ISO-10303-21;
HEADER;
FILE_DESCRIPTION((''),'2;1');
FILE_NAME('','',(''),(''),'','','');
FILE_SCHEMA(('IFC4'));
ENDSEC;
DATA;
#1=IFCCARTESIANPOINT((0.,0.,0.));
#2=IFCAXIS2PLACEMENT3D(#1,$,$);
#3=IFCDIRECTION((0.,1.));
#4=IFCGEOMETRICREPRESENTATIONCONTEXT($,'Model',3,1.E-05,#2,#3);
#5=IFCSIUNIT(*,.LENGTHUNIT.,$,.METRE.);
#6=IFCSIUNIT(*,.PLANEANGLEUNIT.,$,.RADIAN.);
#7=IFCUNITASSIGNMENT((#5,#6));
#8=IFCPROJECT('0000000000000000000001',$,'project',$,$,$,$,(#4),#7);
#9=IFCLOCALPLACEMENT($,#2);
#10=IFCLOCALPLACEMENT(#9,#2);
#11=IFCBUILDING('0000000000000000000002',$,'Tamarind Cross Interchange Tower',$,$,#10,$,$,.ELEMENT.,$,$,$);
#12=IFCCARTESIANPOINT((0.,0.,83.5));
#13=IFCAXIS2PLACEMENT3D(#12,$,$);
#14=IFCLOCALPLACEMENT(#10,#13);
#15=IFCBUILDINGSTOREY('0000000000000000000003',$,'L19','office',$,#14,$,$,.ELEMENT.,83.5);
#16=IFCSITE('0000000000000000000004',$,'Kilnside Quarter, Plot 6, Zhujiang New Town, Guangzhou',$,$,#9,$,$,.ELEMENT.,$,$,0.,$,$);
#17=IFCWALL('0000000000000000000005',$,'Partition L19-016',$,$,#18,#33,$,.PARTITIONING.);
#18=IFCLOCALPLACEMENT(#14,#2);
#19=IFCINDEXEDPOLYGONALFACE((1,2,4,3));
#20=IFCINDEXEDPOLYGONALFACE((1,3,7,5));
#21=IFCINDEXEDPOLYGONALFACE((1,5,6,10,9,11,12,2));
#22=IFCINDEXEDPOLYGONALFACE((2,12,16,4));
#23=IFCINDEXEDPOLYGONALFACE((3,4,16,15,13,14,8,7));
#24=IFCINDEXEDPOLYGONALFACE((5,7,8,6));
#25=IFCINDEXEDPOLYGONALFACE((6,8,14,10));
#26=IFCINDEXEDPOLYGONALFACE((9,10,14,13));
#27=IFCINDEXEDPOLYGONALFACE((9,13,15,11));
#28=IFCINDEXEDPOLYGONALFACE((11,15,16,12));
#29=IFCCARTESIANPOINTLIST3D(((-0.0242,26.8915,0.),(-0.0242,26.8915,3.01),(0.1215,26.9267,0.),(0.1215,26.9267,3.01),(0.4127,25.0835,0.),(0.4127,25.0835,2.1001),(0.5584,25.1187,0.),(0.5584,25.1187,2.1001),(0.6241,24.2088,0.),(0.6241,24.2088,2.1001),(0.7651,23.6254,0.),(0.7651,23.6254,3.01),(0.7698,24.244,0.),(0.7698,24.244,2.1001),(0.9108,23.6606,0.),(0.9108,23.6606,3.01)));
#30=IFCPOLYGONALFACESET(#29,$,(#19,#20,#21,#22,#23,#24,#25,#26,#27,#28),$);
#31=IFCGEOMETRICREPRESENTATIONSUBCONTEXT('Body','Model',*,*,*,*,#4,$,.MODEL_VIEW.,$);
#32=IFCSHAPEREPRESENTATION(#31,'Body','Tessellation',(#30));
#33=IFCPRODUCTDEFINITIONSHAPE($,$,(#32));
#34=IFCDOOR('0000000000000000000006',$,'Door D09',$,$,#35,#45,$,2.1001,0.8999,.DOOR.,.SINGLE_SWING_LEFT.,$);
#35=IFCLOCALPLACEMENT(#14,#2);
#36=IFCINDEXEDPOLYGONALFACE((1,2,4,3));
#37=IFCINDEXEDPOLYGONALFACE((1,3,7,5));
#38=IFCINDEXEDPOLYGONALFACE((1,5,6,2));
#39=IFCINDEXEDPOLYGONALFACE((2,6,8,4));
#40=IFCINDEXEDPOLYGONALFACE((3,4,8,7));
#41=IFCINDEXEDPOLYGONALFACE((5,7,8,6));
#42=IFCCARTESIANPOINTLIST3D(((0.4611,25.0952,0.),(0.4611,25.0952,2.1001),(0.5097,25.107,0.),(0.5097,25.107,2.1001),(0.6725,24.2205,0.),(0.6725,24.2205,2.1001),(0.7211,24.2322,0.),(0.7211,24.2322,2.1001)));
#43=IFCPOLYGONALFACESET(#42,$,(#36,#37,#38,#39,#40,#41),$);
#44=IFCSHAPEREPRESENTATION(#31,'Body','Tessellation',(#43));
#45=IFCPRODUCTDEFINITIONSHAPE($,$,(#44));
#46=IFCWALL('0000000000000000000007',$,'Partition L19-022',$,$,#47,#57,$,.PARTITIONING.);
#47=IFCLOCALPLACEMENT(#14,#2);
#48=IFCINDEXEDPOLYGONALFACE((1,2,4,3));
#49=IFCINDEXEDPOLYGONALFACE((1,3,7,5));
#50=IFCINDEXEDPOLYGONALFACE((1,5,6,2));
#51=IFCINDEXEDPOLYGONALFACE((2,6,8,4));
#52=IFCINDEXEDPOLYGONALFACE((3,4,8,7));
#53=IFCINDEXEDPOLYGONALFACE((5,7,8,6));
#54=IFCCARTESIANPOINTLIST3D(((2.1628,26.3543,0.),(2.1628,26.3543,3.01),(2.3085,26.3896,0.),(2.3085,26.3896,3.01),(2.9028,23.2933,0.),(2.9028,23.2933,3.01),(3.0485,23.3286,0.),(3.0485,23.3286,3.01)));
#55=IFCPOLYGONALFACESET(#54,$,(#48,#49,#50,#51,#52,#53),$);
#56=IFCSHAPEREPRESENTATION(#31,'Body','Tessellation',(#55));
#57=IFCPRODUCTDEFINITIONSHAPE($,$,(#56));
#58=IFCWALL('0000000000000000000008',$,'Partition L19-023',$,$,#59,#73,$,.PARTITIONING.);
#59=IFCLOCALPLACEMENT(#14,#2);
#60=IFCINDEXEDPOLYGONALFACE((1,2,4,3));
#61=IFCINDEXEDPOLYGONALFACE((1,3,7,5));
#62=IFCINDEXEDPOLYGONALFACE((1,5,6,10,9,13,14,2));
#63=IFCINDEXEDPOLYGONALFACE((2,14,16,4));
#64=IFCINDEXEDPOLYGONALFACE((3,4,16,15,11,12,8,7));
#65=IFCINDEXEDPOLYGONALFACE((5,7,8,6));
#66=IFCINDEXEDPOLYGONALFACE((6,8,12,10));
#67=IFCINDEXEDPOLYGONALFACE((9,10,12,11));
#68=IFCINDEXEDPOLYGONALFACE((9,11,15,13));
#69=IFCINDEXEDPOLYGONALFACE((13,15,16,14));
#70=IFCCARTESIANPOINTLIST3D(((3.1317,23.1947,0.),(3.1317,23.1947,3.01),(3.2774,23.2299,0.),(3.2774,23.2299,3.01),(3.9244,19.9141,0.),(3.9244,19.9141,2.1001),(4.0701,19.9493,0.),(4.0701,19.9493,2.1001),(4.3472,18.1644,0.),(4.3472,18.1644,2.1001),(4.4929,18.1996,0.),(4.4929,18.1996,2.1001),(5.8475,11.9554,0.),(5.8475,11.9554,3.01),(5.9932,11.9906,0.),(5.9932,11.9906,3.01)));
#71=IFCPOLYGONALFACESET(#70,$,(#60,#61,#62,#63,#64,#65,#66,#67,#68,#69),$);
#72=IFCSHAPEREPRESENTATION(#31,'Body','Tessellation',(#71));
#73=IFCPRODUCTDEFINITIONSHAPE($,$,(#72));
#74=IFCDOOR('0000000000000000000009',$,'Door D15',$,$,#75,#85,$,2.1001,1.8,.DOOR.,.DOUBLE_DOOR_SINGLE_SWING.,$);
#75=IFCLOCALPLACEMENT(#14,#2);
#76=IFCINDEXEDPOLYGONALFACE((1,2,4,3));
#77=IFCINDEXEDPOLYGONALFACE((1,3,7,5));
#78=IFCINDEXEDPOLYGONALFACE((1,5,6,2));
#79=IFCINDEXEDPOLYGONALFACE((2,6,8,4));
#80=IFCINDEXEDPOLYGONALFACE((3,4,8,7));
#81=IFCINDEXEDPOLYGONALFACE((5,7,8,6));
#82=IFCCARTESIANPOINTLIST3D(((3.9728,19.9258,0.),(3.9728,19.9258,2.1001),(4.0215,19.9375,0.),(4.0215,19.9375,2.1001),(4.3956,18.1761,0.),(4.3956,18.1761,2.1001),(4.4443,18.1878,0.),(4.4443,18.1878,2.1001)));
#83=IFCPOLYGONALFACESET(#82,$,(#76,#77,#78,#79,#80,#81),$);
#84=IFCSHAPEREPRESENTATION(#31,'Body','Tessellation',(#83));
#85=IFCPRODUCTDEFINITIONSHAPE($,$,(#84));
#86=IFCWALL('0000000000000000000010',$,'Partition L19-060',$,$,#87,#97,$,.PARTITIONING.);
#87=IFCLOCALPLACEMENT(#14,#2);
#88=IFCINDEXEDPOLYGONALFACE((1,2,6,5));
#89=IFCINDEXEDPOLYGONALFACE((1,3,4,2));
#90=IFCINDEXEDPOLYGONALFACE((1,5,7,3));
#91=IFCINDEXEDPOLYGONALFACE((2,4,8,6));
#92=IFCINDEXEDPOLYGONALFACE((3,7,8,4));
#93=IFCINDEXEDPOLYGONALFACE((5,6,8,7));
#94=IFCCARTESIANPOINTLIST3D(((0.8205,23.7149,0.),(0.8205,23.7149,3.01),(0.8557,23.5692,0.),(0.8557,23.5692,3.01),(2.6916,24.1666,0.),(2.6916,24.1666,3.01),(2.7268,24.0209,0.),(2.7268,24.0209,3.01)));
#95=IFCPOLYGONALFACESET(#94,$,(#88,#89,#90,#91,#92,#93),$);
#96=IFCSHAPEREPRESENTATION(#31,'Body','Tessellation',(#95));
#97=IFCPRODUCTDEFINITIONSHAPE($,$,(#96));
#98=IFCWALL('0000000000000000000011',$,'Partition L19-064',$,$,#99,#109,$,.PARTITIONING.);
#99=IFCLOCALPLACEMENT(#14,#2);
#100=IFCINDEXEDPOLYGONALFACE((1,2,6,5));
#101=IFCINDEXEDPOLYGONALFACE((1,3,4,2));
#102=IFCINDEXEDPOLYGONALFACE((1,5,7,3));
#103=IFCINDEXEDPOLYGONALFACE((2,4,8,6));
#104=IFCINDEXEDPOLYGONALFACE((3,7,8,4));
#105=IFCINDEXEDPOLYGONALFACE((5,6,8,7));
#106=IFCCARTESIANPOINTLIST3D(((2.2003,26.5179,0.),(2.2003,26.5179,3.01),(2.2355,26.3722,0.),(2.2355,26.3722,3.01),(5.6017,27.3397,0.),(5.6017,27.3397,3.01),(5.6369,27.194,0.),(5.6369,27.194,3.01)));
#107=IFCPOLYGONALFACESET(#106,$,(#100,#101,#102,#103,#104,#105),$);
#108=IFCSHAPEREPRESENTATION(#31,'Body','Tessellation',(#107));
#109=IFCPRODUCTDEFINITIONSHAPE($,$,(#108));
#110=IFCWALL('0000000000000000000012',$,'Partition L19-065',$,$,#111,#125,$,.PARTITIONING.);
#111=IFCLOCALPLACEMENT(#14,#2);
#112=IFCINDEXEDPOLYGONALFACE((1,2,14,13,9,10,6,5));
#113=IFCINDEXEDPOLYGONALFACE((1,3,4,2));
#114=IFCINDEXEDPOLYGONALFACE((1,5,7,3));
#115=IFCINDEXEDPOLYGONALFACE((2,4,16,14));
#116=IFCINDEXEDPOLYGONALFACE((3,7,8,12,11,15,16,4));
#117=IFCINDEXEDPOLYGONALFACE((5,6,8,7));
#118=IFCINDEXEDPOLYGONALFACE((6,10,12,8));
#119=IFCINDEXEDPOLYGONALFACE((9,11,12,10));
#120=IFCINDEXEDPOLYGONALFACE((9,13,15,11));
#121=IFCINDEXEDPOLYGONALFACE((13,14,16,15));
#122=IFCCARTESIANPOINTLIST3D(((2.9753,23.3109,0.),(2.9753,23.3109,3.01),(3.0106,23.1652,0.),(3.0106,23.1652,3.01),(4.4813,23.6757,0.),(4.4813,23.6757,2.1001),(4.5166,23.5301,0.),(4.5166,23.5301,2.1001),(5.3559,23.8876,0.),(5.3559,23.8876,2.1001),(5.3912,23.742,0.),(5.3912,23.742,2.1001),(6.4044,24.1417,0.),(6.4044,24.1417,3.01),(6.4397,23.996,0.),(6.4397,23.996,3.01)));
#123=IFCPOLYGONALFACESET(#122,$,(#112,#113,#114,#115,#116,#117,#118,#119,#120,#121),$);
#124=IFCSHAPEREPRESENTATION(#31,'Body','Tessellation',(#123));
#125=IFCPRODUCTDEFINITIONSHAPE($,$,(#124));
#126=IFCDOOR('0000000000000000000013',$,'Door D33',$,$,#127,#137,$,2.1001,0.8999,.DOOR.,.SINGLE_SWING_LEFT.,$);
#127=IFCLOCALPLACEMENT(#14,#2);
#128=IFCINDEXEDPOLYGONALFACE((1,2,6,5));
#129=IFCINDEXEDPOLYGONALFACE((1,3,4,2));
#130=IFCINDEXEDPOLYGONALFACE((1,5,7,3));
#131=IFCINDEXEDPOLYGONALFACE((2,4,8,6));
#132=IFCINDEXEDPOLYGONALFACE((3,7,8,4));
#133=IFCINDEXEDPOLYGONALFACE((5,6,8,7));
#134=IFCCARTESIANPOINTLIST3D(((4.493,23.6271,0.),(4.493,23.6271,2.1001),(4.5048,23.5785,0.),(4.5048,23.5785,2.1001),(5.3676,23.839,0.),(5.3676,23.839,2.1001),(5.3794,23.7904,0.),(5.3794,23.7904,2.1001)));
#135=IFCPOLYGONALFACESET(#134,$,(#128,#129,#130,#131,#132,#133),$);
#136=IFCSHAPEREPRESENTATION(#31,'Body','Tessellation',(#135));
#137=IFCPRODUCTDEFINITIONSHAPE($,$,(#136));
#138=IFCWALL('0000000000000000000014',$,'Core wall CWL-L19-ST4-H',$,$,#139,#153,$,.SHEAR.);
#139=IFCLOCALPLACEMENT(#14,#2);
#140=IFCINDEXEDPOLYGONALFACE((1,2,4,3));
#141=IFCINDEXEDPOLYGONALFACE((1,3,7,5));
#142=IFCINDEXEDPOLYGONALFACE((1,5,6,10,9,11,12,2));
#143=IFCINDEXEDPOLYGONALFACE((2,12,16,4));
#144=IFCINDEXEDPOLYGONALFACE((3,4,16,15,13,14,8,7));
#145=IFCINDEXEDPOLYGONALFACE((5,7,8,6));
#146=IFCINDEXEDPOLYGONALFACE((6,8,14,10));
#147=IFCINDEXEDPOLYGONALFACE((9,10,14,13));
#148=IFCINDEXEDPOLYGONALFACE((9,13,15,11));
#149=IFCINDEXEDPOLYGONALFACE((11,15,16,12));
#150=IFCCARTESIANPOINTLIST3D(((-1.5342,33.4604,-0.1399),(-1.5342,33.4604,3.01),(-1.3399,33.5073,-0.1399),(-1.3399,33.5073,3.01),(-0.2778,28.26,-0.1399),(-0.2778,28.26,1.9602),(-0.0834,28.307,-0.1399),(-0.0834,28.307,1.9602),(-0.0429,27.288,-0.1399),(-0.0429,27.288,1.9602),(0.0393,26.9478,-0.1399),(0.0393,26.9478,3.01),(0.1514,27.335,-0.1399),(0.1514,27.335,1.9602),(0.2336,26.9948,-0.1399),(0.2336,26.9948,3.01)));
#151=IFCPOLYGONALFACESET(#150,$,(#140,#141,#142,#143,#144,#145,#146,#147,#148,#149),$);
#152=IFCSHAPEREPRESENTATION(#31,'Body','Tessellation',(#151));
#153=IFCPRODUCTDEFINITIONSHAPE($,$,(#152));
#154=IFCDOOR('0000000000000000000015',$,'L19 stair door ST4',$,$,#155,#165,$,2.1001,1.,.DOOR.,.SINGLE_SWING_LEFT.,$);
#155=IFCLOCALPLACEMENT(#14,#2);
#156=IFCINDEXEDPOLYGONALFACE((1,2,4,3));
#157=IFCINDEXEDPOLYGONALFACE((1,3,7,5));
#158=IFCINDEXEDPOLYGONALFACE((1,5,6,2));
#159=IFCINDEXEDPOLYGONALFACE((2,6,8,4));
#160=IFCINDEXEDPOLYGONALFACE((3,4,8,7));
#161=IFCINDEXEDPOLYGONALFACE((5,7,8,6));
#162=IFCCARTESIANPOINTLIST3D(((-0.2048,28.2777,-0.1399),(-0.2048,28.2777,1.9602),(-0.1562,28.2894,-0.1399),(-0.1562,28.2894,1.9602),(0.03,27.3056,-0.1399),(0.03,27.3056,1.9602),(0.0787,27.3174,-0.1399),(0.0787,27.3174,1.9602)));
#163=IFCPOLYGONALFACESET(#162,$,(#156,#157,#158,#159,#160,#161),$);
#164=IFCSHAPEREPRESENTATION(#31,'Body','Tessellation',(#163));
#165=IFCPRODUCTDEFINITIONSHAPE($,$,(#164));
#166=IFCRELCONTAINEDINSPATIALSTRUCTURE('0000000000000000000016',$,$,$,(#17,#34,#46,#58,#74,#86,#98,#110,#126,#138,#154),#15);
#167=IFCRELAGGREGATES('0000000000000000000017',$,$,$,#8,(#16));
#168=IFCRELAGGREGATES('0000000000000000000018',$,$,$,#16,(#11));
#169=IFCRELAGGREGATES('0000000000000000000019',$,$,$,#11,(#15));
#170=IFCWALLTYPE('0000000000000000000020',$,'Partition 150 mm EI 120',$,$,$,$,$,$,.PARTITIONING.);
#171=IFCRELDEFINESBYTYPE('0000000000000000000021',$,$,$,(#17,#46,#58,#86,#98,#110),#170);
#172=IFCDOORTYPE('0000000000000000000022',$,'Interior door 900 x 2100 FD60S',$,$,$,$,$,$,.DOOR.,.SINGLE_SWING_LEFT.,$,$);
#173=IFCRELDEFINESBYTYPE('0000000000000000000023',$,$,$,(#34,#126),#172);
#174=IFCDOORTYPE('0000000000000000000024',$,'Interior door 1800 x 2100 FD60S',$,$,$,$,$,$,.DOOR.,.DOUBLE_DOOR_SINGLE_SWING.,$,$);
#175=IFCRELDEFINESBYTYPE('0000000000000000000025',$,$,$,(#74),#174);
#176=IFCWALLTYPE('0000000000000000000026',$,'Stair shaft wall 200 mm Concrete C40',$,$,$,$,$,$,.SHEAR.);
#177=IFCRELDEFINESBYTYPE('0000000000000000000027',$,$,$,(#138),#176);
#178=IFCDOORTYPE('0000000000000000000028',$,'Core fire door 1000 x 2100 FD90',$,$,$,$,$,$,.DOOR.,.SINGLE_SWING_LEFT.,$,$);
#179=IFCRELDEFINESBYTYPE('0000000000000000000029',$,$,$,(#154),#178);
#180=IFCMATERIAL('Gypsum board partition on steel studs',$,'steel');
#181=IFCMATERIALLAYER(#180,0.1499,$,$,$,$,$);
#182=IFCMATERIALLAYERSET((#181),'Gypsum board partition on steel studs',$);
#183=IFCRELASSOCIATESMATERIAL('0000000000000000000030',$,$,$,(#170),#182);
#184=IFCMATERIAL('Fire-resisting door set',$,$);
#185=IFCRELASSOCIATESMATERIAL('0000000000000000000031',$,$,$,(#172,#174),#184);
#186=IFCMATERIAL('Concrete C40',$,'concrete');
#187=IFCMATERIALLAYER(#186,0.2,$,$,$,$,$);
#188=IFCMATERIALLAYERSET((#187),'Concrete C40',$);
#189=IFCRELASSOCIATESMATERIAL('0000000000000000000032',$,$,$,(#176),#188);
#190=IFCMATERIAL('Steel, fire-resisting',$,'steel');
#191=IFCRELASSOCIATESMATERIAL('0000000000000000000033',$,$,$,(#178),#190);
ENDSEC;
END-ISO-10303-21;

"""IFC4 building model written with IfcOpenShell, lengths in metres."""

from ifc_helpers import new_model, si_unit, direction, frame, frame_2d, origin, place, context, subcontext, project, spatial, rectangle, extrude, material, layer, layer_set, type_object, element, fill, save


model = new_model("IFC4")

# Units and contexts
model_context = context("Model", 3, precision=1e-05, world=origin(), true_north=direction((0.0, 1.0)))
body_context = subcontext(model_context, "Body", "Model", "MODEL_VIEW")
ifc_project = project(units=[si_unit("LENGTHUNIT", "METRE"), si_unit("PLANEANGLEUNIT", "RADIAN")], contexts=[model_context])

# Site, building, storey
site_placement = place(None, origin())
site = spatial("IfcSite", under=ifc_project, at=site_placement, Name="Kilnside Quarter, Plot 6, Zhujiang New Town, Guangzhou", CompositionType="ELEMENT", RefElevation=0.0)
building_placement = place(site_placement, origin())
building = spatial("IfcBuilding", under=site, at=building_placement, Name="Tamarind Cross Interchange Tower", CompositionType="ELEMENT")
storey_placement = place(building_placement, frame((0.0, 0.0, 83.5)))
storey = spatial("IfcBuildingStorey", under=building, at=storey_placement, Name="L19", Description="office", CompositionType="ELEMENT", Elevation=83.5)

# Wall, opening, door
ifc_material_1 = material(Name="Gypsum board partition on steel studs", Category="steel")
ifc_layer_1 = layer(ifc_material_1, 0.1499)
ifc_layer_set_1 = layer_set([ifc_layer_1], Name="Gypsum board partition on steel studs")
wall_type_1 = type_object("IfcWallType", Name="Partition 150 mm EI 120", PredefinedType="PARTITIONING", material=ifc_layer_set_1)
wall_1_placement = place(storey_placement, frame((0.0486, 26.9092, 0.0), z_axis=(0.0, 0.0, 1.0), x_axis=(0.234903, -0.972019, 0.0)))
wall_1 = element("IfcWall", 1, at=wall_1_placement, inside=storey, type_object=wall_type_1, Name="Partition L19-016", PredefinedType="PARTITIONING", context=body_context, shape_type="SweptSolid", body=[
    extrude(rectangle(XDim=3.3601, YDim=0.1499, at=frame_2d((1.6802, 0.0))), origin(), (0.0, 0.0, 1.0), 3.01),
])
opening_1_placement = place(wall_1_placement, frame((1.8601, 0.0, 0.0)))
opening_1 = element("IfcOpeningElement", 2, at=opening_1_placement, cuts=wall_1, PredefinedType="OPENING", context=body_context, shape_type="SweptSolid", body=[
    extrude(rectangle(XDim=0.8999, YDim=2.1001, at=frame_2d((0.45, 1.05))), frame((0.0, 0.085, 0.0), z_axis=(0.0, -1.0, 0.0), x_axis=(1.0, 0.0, 0.0)), (0.0, 0.0, 1.0), 0.1699),
])
ifc_material_2 = material(Name="Fire-resisting door set")
door_type_1 = type_object("IfcDoorType", Name="Interior door 900 x 2100 FD60S", OperationType="SINGLE_SWING_LEFT", PredefinedType="DOOR", material=ifc_material_2)
door_1_placement = place(opening_1_placement, origin())
door_1 = element("IfcDoor", 3, at=door_1_placement, inside=storey, type_object=door_type_1, Name="Door D09", OperationType="SINGLE_SWING_LEFT", OverallHeight=2.1001, OverallWidth=0.8999, PredefinedType="DOOR", context=body_context, shape_type="SweptSolid", body=[
    extrude(rectangle(XDim=0.8999, YDim=2.1001, at=frame_2d((0.45, 1.05))), frame((0.0, 0.0249, 0.0), z_axis=(0.0, -1.0, 0.0), x_axis=(1.0, 0.0, 0.0)), (0.0, 0.0, 1.0), 0.05),
])
fill(opening_1, door_1)

# Wall
wall_2_placement = place(storey_placement, frame((2.2356, 26.3721, 0.0), z_axis=(0.0, 0.0, 1.0), x_axis=(0.234976, -0.972001, 0.0)))
element("IfcWall", 4, at=wall_2_placement, inside=storey, type_object=wall_type_1, Name="Partition L19-022", PredefinedType="PARTITIONING", context=body_context, shape_type="SweptSolid", body=[
    extrude(rectangle(XDim=3.1492, YDim=0.1499, at=frame_2d((1.5747, 0.0))), origin(), (0.0, 0.0, 1.0), 3.01),
])

# Wall, opening, door
wall_3_placement = place(storey_placement, frame((3.2046, 23.2122, 0.0), z_axis=(0.0, 0.0, 1.0), x_axis=(0.234877, -0.972025, 0.0)))
wall_3 = element("IfcWall", 5, at=wall_3_placement, inside=storey, type_object=wall_type_1, Name="Partition L19-023", PredefinedType="PARTITIONING", context=body_context, shape_type="SweptSolid", body=[
    extrude(rectangle(XDim=11.5627, YDim=0.1499, at=frame_2d((5.7812, 0.0))), origin(), (0.0, 0.0, 1.0), 3.01),
])
opening_2_placement = place(wall_3_placement, frame((3.375, 0.0, 0.0)))
opening_2 = element("IfcOpeningElement", 6, at=opening_2_placement, cuts=wall_3, PredefinedType="OPENING", context=body_context, shape_type="SweptSolid", body=[
    extrude(rectangle(XDim=1.8, YDim=2.1001, at=frame_2d((0.8999, 1.05))), frame((0.0, 0.085, 0.0), z_axis=(0.0, -1.0, 0.0), x_axis=(1.0, 0.0, 0.0)), (0.0, 0.0, 1.0), 0.1699),
])
door_type_2 = type_object("IfcDoorType", Name="Interior door 1800 x 2100 FD60S", OperationType="DOUBLE_DOOR_SINGLE_SWING", PredefinedType="DOOR", material=ifc_material_2)
door_2_placement = place(opening_2_placement, origin())
door_2 = element("IfcDoor", 7, at=door_2_placement, inside=storey, type_object=door_type_2, Name="Door D15", OperationType="DOUBLE_DOOR_SINGLE_SWING", OverallHeight=2.1001, OverallWidth=1.8, PredefinedType="DOOR", context=body_context, shape_type="SweptSolid", body=[
    extrude(rectangle(XDim=1.8, YDim=2.1001, at=frame_2d((0.8999, 1.05))), frame((0.0, 0.0249, 0.0), z_axis=(0.0, -1.0, 0.0), x_axis=(1.0, 0.0, 0.0)), (0.0, 0.0, 1.0), 0.05),
])
fill(opening_2, door_2)

# Walls
wall_4_placement = place(storey_placement, frame((0.8381, 23.6421, 0.0), z_axis=(0.0, 0.0, 1.0), x_axis=(0.97208, 0.234649, 0.0)))
element("IfcWall", 8, at=wall_4_placement, inside=storey, type_object=wall_type_1, Name="Partition L19-060", PredefinedType="PARTITIONING", context=body_context, shape_type="SweptSolid", body=[
    extrude(rectangle(XDim=1.9248, YDim=0.1499, at=frame_2d((0.9624, 0.0))), origin(), (0.0, 0.0, 1.0), 3.01),
])
wall_5_placement = place(storey_placement, frame((2.218, 26.4451, 0.0), z_axis=(0.0, 0.0, 1.0), x_axis=(0.972033, 0.234845, 0.0)))
element("IfcWall", 9, at=wall_5_placement, inside=storey, type_object=wall_type_1, Name="Partition L19-064", PredefinedType="PARTITIONING", context=body_context, shape_type="SweptSolid", body=[
    extrude(rectangle(XDim=3.4993, YDim=0.1499, at=frame_2d((1.7495, 0.0))), origin(), (0.0, 0.0, 1.0), 3.01),
])

# Walls, openings, doors
wall_6_placement = place(storey_placement, frame((2.9929, 23.238, 0.0), z_axis=(0.0, 0.0, 1.0), x_axis=(0.971883, 0.235463, 0.0)))
wall_6 = element("IfcWall", 10, at=wall_6_placement, inside=storey, type_object=wall_type_1, Name="Partition L19-065", PredefinedType="PARTITIONING", context=body_context, shape_type="SweptSolid", body=[
    extrude(rectangle(XDim=3.5283, YDim=0.1499, at=frame_2d((1.7642, 0.0))), origin(), (0.0, 0.0, 1.0), 3.01),
])
opening_3_placement = place(wall_6_placement, frame((1.5496, 0.0, 0.0)))
opening_3 = element("IfcOpeningElement", 11, at=opening_3_placement, cuts=wall_6, PredefinedType="OPENING", context=body_context, shape_type="SweptSolid", body=[
    extrude(rectangle(XDim=0.8999, YDim=2.1001, at=frame_2d((0.45, 1.05))), frame((0.0, 0.085, 0.0), z_axis=(0.0, -1.0, 0.0), x_axis=(1.0, 0.0, 0.0)), (0.0, 0.0, 1.0), 0.1699),
])
door_3_placement = place(opening_3_placement, origin())
door_3 = element("IfcDoor", 12, at=door_3_placement, inside=storey, type_object=door_type_1, Name="Door D33", OperationType="SINGLE_SWING_LEFT", OverallHeight=2.1001, OverallWidth=0.8999, PredefinedType="DOOR", context=body_context, shape_type="SweptSolid", body=[
    extrude(rectangle(XDim=0.8999, YDim=2.1001, at=frame_2d((0.45, 1.05))), frame((0.0, 0.0249, 0.0), z_axis=(0.0, -1.0, 0.0), x_axis=(1.0, 0.0, 0.0)), (0.0, 0.0, 1.0), 0.05),
])
fill(opening_3, door_3)
ifc_material_3 = material(Name="Concrete C40", Category="concrete")
ifc_layer_2 = layer(ifc_material_3, 0.2)
ifc_layer_set_2 = layer_set([ifc_layer_2], Name="Concrete C40")
wall_type_2 = type_object("IfcWallType", Name="Stair shaft wall 200 mm Concrete C40", PredefinedType="SHEAR", material=ifc_layer_set_2)
wall_7_placement = place(storey_placement, frame((0.1365, 26.9712, -0.1399), z_axis=(0.0, 0.0, 1.0), x_axis=(-0.234854, 0.972031, 0.0)))
wall_7 = element("IfcWall", 13, at=wall_7_placement, inside=storey, type_object=wall_type_2, Name="Core wall CWL-L19-ST4-H", PredefinedType="SHEAR", context=body_context, shape_type="SweptSolid", body=[
    extrude(rectangle(XDim=6.7, YDim=0.2, at=frame_2d((3.3501, 0.0))), origin(), (0.0, 0.0, 1.0), 3.1499),
])
opening_4_placement = place(wall_7_placement, frame((0.3501, 0.0, 0.0)))
opening_4 = element("IfcOpeningElement", 14, at=opening_4_placement, cuts=wall_7, PredefinedType="OPENING", context=body_context, shape_type="SweptSolid", body=[
    extrude(rectangle(XDim=1.0, YDim=2.1001, at=frame_2d((0.5, 1.05))), frame((0.0, 0.1099, 0.0), z_axis=(0.0, -1.0, 0.0), x_axis=(1.0, 0.0, 0.0)), (0.0, 0.0, 1.0), 0.22),
])
ifc_material_4 = material(Name="Steel, fire-resisting", Category="steel")
door_type_3 = type_object("IfcDoorType", Name="Core fire door 1000 x 2100 FD90", OperationType="SINGLE_SWING_LEFT", PredefinedType="DOOR", material=ifc_material_4)
door_4_placement = place(opening_4_placement, origin())
door_4 = element("IfcDoor", 15, at=door_4_placement, inside=storey, type_object=door_type_3, Name="L19 stair door ST4", OperationType="SINGLE_SWING_LEFT", OverallHeight=2.1001, OverallWidth=1.0, PredefinedType="DOOR", context=body_context, shape_type="SweptSolid", body=[
    extrude(rectangle(XDim=1.0, YDim=2.1001, at=frame_2d((0.5, 1.05))), frame((0.0, 0.0249, 0.0), z_axis=(0.0, -1.0, 0.0), x_axis=(1.0, 0.0, 0.0)), (0.0, 0.0, 1.0), 0.05),
])
fill(opening_4, door_4)

save(model, "model.ifc")
